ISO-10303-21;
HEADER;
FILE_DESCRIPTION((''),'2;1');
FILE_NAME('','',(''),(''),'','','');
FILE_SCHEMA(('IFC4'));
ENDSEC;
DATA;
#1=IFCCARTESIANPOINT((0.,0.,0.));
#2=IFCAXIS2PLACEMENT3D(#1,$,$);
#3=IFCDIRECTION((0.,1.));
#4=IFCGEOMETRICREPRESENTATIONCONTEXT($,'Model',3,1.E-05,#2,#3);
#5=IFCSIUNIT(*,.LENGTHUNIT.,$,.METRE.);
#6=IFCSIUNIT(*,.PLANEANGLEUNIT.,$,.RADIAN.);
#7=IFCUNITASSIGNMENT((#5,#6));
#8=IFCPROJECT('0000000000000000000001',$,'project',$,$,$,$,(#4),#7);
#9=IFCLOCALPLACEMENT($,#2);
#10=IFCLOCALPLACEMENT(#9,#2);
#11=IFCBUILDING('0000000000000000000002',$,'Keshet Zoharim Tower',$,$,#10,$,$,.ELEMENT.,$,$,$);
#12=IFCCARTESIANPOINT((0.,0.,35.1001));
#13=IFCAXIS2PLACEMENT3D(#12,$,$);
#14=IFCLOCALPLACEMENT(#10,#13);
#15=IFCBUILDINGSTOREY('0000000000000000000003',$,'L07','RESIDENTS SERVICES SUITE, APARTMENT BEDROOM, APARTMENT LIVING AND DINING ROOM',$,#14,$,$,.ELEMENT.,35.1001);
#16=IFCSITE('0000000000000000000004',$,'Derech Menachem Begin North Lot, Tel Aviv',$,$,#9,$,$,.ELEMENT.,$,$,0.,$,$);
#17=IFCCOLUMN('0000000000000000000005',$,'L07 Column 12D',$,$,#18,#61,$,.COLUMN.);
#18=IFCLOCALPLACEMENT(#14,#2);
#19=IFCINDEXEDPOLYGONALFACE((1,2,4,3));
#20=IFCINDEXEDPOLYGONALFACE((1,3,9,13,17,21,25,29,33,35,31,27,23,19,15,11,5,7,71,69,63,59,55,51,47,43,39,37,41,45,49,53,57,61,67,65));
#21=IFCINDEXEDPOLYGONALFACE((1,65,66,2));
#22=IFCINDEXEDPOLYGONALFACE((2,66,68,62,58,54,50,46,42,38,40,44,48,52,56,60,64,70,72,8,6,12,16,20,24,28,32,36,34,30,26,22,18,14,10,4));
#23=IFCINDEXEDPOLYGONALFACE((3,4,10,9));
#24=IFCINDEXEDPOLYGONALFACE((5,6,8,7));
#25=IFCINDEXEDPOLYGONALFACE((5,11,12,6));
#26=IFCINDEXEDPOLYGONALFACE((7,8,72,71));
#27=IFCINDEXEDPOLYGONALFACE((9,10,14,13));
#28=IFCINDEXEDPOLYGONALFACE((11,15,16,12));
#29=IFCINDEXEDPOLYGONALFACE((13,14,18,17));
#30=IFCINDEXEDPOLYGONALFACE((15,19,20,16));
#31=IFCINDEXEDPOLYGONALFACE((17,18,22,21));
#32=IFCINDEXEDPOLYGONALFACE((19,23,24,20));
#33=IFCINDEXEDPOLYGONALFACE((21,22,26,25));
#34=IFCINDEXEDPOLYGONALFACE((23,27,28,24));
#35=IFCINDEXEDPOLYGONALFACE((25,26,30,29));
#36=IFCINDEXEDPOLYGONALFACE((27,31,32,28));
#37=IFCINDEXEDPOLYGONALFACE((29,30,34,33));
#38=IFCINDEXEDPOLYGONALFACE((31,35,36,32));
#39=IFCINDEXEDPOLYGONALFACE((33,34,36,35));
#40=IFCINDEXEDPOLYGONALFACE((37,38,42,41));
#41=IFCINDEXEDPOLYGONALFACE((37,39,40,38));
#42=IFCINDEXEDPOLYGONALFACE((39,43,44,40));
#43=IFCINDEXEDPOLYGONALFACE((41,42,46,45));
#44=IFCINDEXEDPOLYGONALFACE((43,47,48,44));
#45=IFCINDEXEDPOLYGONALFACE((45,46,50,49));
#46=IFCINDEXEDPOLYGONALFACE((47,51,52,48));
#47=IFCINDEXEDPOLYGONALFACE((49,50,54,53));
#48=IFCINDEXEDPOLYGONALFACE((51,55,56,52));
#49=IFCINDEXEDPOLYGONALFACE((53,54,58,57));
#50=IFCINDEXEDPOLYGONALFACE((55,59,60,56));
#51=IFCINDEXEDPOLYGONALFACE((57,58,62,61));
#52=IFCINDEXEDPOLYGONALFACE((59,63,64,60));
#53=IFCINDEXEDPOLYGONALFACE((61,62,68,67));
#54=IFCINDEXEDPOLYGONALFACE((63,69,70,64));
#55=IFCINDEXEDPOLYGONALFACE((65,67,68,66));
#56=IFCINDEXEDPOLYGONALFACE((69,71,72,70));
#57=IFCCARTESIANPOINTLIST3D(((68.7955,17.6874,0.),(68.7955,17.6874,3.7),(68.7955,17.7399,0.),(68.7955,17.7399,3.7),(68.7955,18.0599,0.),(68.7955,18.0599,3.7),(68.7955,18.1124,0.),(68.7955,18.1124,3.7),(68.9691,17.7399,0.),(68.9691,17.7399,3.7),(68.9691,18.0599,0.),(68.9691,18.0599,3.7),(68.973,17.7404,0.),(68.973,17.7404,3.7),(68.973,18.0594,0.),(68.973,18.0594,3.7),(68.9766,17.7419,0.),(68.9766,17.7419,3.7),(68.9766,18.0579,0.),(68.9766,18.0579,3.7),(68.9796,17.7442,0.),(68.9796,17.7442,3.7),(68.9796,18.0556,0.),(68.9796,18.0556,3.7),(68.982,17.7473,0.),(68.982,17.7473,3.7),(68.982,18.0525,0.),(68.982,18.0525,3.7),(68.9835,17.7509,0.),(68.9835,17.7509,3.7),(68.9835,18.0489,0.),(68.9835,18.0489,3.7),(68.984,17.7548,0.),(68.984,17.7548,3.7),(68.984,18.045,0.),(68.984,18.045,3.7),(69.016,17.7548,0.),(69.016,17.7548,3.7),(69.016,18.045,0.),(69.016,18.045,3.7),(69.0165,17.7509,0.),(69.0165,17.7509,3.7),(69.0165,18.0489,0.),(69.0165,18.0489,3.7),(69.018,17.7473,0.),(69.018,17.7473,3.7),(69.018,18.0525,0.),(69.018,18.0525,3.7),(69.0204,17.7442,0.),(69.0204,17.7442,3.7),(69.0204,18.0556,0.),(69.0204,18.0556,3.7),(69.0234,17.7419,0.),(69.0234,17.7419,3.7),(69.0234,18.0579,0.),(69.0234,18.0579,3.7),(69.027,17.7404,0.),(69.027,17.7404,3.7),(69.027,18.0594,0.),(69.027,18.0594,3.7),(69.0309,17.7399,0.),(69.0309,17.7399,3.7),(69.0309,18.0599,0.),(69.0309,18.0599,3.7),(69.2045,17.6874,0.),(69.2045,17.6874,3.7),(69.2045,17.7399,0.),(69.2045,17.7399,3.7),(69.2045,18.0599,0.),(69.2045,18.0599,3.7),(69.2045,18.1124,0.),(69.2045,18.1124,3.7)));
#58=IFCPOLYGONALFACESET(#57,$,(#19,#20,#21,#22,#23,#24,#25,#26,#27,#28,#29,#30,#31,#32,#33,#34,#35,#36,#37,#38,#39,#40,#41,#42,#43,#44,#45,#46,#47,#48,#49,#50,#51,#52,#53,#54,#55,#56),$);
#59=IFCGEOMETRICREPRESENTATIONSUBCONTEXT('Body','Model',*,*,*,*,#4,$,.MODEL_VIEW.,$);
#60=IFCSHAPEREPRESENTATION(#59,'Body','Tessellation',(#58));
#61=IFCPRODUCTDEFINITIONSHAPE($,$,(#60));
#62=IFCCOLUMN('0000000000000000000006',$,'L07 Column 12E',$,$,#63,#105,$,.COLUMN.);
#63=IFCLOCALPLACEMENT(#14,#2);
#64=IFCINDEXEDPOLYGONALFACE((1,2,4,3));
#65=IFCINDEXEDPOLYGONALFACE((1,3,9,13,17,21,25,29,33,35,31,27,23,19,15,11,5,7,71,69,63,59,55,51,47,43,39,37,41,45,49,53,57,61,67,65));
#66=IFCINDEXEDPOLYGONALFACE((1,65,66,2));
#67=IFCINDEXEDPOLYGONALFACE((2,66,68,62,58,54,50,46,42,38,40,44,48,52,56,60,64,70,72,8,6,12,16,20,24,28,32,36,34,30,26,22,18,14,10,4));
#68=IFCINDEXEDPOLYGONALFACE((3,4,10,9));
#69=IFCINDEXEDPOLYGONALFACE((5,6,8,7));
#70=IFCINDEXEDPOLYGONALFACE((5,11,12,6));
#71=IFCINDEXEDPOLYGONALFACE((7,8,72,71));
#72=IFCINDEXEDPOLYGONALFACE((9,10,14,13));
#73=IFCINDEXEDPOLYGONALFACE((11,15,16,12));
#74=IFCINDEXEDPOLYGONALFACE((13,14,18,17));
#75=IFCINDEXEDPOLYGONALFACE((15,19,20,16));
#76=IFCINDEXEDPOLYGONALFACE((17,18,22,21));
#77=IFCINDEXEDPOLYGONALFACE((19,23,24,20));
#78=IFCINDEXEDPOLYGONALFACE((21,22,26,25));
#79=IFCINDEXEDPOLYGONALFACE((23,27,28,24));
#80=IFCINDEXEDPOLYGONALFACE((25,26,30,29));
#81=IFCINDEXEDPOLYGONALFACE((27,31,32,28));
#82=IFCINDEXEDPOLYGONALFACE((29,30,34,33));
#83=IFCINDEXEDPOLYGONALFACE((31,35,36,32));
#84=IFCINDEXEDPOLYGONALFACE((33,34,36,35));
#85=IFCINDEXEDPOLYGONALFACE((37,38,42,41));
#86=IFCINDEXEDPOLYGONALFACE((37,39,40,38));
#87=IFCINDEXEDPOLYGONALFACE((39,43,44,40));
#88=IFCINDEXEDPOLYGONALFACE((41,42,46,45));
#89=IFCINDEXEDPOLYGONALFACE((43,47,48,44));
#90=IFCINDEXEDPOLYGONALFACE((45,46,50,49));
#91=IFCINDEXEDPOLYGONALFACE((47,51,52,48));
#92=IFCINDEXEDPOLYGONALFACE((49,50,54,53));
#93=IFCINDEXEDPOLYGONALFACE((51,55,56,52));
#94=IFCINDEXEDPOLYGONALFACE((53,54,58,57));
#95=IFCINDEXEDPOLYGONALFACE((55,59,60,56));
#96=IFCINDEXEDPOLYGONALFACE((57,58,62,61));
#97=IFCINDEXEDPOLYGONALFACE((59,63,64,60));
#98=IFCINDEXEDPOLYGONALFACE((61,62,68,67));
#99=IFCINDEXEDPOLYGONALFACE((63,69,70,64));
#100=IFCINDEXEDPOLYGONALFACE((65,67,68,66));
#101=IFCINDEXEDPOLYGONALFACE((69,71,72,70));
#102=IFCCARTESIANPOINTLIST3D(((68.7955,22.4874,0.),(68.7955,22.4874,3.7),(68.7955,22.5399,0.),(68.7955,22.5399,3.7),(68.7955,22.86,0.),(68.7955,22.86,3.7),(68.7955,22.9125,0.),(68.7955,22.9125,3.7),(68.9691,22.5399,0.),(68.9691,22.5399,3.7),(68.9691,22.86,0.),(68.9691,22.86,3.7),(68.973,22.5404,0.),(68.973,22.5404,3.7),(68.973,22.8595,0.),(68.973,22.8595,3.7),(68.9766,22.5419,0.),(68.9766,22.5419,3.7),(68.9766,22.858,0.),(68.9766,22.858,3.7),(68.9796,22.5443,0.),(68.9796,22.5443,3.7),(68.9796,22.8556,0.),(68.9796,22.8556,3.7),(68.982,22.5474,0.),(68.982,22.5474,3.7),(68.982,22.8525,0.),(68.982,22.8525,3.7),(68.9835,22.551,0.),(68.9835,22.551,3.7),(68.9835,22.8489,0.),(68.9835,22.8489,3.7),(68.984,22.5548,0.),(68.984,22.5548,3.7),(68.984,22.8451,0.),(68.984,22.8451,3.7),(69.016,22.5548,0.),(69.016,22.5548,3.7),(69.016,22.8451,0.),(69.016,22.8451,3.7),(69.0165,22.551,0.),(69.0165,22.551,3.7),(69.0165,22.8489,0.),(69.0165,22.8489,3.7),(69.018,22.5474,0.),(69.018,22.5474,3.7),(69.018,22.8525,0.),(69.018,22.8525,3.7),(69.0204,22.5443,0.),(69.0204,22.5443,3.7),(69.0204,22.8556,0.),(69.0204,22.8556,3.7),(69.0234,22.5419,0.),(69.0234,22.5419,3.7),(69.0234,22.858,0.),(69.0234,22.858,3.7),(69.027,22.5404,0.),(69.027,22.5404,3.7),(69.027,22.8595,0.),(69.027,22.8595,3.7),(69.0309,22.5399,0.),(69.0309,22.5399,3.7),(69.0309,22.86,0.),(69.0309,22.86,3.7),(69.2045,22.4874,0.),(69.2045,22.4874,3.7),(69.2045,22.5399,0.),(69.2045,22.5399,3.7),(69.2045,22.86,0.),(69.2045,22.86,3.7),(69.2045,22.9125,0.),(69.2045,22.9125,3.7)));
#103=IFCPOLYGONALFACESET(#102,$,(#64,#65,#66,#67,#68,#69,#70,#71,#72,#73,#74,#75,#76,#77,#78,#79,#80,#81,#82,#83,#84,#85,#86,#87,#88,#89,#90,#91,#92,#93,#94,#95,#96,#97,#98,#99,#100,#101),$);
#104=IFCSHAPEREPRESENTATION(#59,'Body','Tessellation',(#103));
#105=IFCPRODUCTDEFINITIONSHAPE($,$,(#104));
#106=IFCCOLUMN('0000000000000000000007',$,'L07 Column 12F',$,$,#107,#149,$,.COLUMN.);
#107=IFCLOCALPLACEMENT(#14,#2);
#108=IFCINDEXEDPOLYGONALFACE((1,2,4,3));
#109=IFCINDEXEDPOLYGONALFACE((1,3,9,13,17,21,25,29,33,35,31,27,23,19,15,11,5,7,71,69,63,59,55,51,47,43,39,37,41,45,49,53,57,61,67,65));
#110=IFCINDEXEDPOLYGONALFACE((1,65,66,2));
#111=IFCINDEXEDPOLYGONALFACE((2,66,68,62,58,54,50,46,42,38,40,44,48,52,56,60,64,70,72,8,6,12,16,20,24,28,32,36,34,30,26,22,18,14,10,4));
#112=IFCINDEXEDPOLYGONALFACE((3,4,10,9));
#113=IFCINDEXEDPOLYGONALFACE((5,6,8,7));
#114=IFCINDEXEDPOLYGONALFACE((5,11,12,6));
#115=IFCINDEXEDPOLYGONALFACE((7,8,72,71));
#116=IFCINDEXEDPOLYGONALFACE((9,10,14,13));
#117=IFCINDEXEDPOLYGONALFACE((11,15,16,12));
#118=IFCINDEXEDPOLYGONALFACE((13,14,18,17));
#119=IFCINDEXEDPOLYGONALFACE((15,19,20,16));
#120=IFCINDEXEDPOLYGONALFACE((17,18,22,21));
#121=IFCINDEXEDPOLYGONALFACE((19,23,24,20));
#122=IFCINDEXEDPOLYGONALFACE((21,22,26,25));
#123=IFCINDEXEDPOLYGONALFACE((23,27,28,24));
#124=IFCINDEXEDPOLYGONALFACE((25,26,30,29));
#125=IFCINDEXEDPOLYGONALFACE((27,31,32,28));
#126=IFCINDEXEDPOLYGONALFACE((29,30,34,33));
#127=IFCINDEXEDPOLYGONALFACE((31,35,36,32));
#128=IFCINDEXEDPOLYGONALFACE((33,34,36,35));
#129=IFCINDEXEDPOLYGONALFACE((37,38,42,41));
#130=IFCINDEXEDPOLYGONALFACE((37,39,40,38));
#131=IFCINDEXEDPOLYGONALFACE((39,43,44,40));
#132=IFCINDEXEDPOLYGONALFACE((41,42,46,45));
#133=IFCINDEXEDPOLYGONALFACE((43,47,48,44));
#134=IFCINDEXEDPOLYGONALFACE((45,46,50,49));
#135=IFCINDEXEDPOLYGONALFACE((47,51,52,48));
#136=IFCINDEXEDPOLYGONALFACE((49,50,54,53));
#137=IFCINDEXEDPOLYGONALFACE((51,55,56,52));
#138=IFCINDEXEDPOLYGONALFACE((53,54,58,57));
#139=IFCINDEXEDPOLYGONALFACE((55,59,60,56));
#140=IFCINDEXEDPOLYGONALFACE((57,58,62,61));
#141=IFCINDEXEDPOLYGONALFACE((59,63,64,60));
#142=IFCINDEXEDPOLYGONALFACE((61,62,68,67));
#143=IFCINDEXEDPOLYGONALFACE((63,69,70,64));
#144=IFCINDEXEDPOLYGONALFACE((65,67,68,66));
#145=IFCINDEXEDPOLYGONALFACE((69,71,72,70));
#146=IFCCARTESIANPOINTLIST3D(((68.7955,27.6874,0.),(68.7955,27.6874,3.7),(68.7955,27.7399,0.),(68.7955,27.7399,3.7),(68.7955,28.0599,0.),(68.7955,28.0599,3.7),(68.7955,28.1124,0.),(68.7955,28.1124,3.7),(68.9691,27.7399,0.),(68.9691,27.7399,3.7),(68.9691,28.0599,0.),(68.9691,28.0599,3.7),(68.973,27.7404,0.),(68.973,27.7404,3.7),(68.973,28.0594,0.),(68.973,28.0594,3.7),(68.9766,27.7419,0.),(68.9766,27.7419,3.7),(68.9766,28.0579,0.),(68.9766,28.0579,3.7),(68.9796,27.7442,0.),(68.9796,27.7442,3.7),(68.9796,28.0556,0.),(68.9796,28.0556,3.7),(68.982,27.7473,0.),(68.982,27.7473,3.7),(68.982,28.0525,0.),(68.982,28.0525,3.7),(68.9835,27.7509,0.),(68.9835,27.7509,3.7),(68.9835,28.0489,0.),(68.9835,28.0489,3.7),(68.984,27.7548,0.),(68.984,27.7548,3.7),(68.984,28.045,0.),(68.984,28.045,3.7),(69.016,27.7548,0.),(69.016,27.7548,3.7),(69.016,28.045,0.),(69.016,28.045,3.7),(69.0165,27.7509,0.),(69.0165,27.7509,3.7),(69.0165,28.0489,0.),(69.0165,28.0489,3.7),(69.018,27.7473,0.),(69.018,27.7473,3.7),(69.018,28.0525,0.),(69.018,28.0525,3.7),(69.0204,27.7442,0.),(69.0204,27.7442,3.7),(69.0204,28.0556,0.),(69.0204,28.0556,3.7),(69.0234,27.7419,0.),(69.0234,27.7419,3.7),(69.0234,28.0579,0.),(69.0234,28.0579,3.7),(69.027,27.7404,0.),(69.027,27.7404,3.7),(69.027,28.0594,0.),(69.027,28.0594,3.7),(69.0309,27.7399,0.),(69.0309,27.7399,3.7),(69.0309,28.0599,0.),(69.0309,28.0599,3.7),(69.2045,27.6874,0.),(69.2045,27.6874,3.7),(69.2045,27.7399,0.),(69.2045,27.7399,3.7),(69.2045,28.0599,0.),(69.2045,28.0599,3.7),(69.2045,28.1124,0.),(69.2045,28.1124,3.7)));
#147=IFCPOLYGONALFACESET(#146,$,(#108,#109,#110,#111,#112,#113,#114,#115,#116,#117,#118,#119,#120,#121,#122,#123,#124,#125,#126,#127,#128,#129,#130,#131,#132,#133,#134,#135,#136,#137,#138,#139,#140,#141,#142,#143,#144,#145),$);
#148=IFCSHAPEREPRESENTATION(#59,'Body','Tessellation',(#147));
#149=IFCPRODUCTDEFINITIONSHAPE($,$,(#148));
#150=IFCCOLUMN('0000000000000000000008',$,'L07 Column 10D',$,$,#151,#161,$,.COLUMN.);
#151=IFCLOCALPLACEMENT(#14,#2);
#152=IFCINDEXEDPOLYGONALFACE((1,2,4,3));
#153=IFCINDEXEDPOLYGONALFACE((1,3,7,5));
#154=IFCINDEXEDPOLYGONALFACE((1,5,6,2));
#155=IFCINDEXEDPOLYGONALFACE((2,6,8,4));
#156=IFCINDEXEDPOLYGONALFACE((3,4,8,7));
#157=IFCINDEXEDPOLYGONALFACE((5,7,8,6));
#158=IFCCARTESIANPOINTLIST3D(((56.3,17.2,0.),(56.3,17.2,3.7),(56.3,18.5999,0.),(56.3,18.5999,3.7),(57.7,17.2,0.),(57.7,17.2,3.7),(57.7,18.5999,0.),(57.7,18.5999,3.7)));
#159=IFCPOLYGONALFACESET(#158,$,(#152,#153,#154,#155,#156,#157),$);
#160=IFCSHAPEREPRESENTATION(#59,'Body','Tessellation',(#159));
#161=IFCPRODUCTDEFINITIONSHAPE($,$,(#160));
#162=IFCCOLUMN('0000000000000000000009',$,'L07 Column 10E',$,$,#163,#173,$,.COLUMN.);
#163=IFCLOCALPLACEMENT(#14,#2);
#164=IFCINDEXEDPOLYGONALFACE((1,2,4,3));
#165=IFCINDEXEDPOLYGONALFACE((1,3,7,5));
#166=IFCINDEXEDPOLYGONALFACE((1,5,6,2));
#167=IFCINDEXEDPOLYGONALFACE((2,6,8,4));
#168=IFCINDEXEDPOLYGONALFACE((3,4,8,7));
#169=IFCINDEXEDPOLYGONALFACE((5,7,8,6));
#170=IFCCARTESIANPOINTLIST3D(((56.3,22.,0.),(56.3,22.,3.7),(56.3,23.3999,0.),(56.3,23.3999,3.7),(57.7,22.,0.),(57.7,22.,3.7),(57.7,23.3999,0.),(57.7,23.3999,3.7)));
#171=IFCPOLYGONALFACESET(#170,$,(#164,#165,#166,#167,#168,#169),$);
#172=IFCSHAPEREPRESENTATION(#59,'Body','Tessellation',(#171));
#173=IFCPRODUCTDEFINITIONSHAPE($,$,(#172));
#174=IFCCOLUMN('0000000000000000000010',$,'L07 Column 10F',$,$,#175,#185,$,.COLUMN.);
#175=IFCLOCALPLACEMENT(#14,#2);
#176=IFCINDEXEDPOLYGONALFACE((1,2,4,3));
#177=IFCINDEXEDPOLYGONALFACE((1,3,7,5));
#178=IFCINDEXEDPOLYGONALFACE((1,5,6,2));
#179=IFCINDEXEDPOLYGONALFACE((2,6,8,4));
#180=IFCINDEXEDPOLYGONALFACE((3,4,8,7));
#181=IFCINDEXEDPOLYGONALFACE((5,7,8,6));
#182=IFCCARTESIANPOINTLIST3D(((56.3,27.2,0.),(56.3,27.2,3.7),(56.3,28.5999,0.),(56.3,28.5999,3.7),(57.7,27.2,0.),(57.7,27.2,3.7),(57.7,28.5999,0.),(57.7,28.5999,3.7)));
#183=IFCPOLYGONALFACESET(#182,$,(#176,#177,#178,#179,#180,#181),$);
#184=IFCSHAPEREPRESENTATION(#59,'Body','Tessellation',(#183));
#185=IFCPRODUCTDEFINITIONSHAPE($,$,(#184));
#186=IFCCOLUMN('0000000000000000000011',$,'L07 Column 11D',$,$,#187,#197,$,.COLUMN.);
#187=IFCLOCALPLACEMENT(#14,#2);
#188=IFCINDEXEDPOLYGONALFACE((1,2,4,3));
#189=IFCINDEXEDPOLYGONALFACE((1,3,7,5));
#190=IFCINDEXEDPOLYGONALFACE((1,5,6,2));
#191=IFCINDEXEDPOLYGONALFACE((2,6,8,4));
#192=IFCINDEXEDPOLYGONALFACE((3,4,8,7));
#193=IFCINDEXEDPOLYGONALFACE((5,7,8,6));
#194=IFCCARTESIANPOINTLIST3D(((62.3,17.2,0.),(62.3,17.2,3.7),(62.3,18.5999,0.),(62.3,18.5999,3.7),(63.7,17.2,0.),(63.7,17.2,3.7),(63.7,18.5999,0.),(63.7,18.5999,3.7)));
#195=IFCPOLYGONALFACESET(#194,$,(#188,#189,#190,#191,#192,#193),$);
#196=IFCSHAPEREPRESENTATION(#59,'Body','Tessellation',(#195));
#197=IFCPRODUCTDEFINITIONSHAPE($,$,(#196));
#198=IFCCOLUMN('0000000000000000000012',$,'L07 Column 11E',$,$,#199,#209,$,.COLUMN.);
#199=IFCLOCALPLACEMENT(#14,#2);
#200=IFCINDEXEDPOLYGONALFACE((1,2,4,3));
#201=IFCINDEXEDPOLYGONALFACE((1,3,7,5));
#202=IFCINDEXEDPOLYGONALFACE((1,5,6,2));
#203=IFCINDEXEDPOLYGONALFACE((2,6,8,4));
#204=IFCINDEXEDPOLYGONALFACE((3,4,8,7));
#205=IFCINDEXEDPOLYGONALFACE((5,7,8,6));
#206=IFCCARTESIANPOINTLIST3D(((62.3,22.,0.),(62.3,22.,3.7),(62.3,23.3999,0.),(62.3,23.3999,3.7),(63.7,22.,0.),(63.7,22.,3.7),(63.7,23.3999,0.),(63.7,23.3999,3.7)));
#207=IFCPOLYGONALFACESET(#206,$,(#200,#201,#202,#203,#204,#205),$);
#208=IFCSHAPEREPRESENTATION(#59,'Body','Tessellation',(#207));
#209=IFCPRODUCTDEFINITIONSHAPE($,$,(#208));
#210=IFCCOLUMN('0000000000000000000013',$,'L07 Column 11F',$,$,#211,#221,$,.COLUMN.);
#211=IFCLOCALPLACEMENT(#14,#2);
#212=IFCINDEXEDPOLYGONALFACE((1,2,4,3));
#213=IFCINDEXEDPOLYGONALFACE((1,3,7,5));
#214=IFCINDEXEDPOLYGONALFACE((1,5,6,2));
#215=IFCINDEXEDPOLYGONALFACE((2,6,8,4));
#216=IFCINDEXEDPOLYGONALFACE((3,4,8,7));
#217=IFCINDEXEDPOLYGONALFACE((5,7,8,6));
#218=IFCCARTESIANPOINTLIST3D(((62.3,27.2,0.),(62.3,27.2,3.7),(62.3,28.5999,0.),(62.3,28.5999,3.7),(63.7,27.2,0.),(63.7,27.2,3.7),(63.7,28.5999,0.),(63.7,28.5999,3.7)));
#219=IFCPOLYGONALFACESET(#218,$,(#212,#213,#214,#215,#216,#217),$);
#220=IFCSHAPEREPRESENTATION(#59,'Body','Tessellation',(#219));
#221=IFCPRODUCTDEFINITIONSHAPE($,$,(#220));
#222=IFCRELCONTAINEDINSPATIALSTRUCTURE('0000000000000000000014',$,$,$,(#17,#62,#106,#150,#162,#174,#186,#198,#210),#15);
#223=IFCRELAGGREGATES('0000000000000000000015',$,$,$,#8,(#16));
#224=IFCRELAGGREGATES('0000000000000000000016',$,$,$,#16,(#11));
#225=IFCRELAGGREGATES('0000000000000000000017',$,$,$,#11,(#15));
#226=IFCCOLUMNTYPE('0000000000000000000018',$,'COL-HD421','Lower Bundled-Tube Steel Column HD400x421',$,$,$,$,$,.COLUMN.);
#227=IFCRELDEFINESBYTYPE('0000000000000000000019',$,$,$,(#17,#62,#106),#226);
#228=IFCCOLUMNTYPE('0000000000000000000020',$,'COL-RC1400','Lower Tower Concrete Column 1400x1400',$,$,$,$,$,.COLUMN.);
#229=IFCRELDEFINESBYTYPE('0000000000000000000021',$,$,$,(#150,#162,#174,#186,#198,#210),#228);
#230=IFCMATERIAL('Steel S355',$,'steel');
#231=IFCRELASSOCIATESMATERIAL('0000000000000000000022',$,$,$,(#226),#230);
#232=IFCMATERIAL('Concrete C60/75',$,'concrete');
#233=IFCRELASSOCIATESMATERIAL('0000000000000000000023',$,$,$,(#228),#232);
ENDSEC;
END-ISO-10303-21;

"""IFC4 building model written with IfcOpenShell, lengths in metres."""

from ifc_helpers import new_model, si_unit, direction, frame, origin, origin_2d, place, context, subcontext, project, spatial, rectangle, i_section, extrude, material, material_profile, profile_set, type_object, element, save


model = new_model("IFC4")

# Units and contexts
model_context = context("Model", 3, precision=1e-05, world=origin(), true_north=direction((0.0, 1.0)))
body_context = subcontext(model_context, "Body", "Model", "MODEL_VIEW")
ifc_project = project(units=[si_unit("LENGTHUNIT", "METRE"), si_unit("PLANEANGLEUNIT", "RADIAN")], contexts=[model_context])

# Site, building, storey
site_placement = place(None, origin())
site = spatial("IfcSite", under=ifc_project, at=site_placement, Name="Derech Menachem Begin North Lot, Tel Aviv", CompositionType="ELEMENT", RefElevation=0.0)
building_placement = place(site_placement, origin())
building = spatial("IfcBuilding", under=site, at=building_placement, Name="Keshet Zoharim Tower", CompositionType="ELEMENT")
storey_placement = place(building_placement, frame((0.0, 0.0, 35.1001)))
storey = spatial("IfcBuildingStorey", under=building, at=storey_placement, Name="L07", Description="RESIDENTS SERVICES SUITE, APARTMENT BEDROOM, APARTMENT LIVING AND DINING ROOM", CompositionType="ELEMENT", Elevation=35.1001)

# Columns
ifc_material_1 = material(Name="Steel S355", Category="steel")
ifc_material_profile_1 = material_profile(ifc_material_1, i_section(OverallWidth=0.4089, OverallDepth=0.425, WebThickness=0.032, FlangeThickness=0.0525, FilletRadius=0.0149, at=origin_2d()), Name="HD400x421")
ifc_profile_set_1 = profile_set([ifc_material_profile_1], Name="Steel S355")
column_type_1 = type_object("IfcColumnType", Name="COL-HD421", Description="Lower Bundled-Tube Steel Column HD400x421", PredefinedType="COLUMN", material=ifc_profile_set_1)
for number, where, z_axis, x_axis, name in (
    (1, (69.0, 17.8999, 0.0), (0.0, 0.0, 1.0), (1.0, 0.0, 0.0), "L07 Column 12D"),
    (2, (69.0, 22.7, 0.0), (0.0, 0.0, 1.0), (1.0, 0.0, 0.0), "L07 Column 12E"),
    (3, (69.0, 27.8999, 0.0), (0.0, 0.0, 1.0), (1.0, 0.0, 0.0), "L07 Column 12F"),
):
    element("IfcColumn", number, at=place(storey_placement, frame(where, z_axis=z_axis, x_axis=x_axis)), inside=storey, type_object=column_type_1, Name=name, PredefinedType="COLUMN", context=body_context, shape_type="SweptSolid", body=[
        extrude(i_section(OverallWidth=0.4089, OverallDepth=0.425, WebThickness=0.032, FlangeThickness=0.0525, FilletRadius=0.0149, at=origin_2d()), origin(), (0.0, 0.0, 1.0), 3.7),
    ])
ifc_material_2 = material(Name="Concrete C60/75", Category="concrete")
ifc_material_profile_2 = material_profile(ifc_material_2, rectangle(XDim=1.3999, YDim=1.3999, at=origin_2d()), Name="RC1400x1400")
ifc_profile_set_2 = profile_set([ifc_material_profile_2], Name="Concrete C60/75")
column_type_2 = type_object("IfcColumnType", Name="COL-RC1400", Description="Lower Tower Concrete Column 1400x1400", PredefinedType="COLUMN", material=ifc_profile_set_2)
for number, where, z_axis, x_axis, name in (
    (4, (57.0, 17.8999, 0.0), (0.0, 0.0, 1.0), (1.0, 0.0, 0.0), "L07 Column 10D"),
    (5, (57.0, 22.7, 0.0), (0.0, 0.0, 1.0), (1.0, 0.0, 0.0), "L07 Column 10E"),
    (6, (57.0, 27.8999, 0.0), (0.0, 0.0, 1.0), (1.0, 0.0, 0.0), "L07 Column 10F"),
    (7, (63.0, 17.8999, 0.0), (0.0, 0.0, 1.0), (1.0, 0.0, 0.0), "L07 Column 11D"),
    (8, (63.0, 22.7, 0.0), (0.0, 0.0, 1.0), (1.0, 0.0, 0.0), "L07 Column 11E"),
    (9, (63.0, 27.8999, 0.0), (0.0, 0.0, 1.0), (1.0, 0.0, 0.0), "L07 Column 11F"),
):
    element("IfcColumn", number, at=place(storey_placement, frame(where, z_axis=z_axis, x_axis=x_axis)), inside=storey, type_object=column_type_2, Name=name, PredefinedType="COLUMN", context=body_context, shape_type="SweptSolid", body=[
        extrude(rectangle(XDim=1.3999, YDim=1.3999, at=origin_2d()), origin(), (0.0, 0.0, 1.0), 3.7),
    ])

save(model, "model.ifc")
